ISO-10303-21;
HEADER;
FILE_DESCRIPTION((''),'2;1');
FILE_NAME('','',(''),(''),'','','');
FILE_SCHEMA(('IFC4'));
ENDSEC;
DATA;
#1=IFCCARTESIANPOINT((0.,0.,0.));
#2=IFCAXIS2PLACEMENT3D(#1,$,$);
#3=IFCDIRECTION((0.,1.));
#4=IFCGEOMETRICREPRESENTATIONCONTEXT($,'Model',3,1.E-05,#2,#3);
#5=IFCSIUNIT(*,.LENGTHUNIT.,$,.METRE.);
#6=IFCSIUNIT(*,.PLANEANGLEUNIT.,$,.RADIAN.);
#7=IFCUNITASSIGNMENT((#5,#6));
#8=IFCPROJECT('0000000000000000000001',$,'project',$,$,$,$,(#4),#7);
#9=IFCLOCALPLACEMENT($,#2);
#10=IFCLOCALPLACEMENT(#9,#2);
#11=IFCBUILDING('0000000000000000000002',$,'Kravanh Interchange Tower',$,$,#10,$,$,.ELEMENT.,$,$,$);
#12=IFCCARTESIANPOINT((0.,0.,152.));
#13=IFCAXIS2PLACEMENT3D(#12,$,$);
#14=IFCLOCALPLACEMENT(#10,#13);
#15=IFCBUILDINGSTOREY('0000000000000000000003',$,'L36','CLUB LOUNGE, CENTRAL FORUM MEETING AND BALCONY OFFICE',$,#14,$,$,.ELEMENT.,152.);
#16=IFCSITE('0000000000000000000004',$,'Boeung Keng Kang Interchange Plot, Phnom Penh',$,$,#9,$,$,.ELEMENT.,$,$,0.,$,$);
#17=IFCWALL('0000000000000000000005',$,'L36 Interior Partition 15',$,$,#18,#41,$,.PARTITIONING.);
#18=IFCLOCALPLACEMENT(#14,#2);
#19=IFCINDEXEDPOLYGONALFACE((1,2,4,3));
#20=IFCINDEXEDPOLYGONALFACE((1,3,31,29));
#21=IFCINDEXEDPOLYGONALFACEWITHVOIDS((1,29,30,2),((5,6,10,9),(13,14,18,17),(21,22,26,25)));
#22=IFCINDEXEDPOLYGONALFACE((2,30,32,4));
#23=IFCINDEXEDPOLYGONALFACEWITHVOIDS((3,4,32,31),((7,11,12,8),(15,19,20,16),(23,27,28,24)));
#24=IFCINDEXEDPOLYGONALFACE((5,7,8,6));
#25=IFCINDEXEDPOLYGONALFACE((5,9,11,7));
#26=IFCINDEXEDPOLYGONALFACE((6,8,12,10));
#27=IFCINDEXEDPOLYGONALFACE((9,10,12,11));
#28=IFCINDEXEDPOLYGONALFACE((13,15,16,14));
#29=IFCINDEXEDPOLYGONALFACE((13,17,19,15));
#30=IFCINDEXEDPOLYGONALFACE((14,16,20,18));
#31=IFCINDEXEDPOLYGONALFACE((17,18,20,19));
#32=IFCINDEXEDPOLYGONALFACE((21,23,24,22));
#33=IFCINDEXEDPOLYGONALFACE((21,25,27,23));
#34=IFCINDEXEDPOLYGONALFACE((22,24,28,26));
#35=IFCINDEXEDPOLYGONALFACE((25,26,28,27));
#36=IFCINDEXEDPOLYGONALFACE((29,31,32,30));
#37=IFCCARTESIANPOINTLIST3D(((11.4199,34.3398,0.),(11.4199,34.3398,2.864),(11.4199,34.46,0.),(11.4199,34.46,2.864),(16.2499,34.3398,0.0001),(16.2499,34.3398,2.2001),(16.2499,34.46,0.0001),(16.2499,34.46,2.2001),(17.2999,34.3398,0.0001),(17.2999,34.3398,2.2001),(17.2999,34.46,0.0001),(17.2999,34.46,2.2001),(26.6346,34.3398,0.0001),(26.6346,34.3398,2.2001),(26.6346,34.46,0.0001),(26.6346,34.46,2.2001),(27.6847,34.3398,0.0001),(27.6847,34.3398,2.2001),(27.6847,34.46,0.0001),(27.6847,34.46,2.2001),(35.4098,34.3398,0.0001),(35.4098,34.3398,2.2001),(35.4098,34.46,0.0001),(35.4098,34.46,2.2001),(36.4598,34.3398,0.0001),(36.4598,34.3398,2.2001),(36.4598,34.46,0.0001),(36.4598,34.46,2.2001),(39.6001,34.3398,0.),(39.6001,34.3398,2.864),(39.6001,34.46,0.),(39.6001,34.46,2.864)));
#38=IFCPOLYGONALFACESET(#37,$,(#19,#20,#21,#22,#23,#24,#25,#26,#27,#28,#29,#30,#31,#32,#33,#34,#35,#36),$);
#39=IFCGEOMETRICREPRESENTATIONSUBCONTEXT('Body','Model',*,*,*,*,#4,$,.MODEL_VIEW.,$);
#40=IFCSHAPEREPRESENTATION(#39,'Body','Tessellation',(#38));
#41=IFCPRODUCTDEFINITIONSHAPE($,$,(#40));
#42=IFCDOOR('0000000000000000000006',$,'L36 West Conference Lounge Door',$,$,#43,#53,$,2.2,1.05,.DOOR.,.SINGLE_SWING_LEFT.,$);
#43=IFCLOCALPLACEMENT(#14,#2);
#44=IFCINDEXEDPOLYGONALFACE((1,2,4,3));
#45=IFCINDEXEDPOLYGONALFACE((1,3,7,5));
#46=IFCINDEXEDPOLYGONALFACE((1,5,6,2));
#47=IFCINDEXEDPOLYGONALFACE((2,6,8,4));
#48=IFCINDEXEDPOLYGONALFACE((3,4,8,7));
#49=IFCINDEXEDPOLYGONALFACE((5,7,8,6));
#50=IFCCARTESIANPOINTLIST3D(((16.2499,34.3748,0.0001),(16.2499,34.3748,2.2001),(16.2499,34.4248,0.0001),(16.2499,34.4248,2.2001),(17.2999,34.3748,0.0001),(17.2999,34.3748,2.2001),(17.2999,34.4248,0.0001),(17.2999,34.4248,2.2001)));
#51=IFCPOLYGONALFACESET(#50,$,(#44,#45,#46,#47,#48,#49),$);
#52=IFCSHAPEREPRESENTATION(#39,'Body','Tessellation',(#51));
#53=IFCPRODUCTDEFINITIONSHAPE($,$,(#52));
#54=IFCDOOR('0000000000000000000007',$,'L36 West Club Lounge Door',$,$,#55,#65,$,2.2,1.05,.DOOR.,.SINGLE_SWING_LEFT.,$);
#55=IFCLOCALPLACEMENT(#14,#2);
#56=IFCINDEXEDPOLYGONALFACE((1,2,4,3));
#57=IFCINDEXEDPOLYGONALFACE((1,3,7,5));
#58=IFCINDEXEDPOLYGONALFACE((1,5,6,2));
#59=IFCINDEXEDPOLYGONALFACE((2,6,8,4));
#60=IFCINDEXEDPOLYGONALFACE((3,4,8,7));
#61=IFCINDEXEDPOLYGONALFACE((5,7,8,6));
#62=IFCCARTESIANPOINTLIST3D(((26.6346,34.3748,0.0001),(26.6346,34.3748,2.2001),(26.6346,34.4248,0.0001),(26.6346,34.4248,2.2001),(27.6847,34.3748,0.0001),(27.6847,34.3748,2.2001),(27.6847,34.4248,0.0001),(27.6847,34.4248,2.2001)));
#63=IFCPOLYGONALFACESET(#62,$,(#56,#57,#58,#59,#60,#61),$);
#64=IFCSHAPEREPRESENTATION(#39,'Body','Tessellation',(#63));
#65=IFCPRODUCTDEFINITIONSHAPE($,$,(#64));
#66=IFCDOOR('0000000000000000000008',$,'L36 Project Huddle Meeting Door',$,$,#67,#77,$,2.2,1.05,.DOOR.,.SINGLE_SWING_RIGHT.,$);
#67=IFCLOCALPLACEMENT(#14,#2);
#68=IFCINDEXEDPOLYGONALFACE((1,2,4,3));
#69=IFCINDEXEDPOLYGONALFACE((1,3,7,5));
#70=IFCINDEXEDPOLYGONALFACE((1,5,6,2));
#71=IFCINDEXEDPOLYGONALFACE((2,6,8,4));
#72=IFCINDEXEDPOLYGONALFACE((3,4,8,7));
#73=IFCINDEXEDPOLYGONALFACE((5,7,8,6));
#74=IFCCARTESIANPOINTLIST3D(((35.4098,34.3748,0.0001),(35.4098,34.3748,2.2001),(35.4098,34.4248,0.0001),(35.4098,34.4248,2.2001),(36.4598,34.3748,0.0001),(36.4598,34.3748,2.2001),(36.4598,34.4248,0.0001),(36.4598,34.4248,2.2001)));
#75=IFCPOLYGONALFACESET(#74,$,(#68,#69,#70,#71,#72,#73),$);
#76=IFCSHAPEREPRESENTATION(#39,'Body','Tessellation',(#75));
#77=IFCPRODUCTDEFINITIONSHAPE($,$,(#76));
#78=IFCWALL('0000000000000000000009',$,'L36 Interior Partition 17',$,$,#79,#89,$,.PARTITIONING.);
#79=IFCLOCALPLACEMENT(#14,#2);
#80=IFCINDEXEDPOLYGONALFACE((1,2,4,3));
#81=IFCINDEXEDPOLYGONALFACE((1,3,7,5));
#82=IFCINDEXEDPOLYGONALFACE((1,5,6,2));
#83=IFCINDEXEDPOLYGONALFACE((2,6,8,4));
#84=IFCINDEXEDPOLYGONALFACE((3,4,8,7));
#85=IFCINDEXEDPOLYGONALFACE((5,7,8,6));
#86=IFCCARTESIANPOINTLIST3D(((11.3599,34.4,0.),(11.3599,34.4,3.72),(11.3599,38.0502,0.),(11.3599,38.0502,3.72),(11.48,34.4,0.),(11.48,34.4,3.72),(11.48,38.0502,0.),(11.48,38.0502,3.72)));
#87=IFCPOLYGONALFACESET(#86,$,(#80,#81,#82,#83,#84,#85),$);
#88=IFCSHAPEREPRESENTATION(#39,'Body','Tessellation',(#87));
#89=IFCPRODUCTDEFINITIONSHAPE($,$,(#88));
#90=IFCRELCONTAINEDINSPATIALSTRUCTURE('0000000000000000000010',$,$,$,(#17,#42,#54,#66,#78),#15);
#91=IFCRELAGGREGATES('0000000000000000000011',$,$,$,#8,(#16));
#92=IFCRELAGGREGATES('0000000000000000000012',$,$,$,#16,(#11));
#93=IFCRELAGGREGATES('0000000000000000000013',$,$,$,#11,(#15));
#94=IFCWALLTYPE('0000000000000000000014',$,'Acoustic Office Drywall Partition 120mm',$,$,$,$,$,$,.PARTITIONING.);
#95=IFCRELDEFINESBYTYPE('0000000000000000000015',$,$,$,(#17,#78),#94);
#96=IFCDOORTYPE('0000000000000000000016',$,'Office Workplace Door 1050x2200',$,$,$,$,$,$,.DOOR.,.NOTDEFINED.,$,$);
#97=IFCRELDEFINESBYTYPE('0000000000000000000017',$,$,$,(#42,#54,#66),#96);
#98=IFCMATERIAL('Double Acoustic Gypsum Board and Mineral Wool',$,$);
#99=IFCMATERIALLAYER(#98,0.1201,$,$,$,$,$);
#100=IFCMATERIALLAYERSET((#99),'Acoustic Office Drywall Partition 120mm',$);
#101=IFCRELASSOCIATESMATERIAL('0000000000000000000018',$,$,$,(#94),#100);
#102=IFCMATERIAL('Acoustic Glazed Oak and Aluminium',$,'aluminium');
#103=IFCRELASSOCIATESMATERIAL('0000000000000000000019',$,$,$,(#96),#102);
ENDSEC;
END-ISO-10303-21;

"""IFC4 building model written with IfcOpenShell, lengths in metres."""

from ifc_helpers import new_model, si_unit, direction, frame, frame_2d, origin, place, context, subcontext, project, spatial, rectangle, extrude, material, layer, layer_set, type_object, element, fill, save


model = new_model("IFC4")

# Units and contexts
model_context = context("Model", 3, precision=1e-05, world=origin(), true_north=direction((0.0, 1.0)))
body_context = subcontext(model_context, "Body", "Model", "MODEL_VIEW")
ifc_project = project(units=[si_unit("LENGTHUNIT", "METRE"), si_unit("PLANEANGLEUNIT", "RADIAN")], contexts=[model_context])

# Site, building, storey
site_placement = place(None, origin())
site = spatial("IfcSite", under=ifc_project, at=site_placement, Name="Boeung Keng Kang Interchange Plot, Phnom Penh", CompositionType="ELEMENT", RefElevation=0.0)
building_placement = place(site_placement, origin())
building = spatial("IfcBuilding", under=site, at=building_placement, Name="Kravanh Interchange Tower", CompositionType="ELEMENT")
storey_placement = place(building_placement, frame((0.0, 0.0, 152.0)))
storey = spatial("IfcBuildingStorey", under=building, at=storey_placement, Name="L36", Description="CLUB LOUNGE, CENTRAL FORUM MEETING AND BALCONY OFFICE", CompositionType="ELEMENT", Elevation=152.0)

# Wall, openings, doors
ifc_material_1 = material(Name="Double Acoustic Gypsum Board and Mineral Wool")
ifc_layer_1 = layer(ifc_material_1, 0.1201)
ifc_layer_set_1 = layer_set([ifc_layer_1], Name="Acoustic Office Drywall Partition 120mm")
wall_type = type_object("IfcWallType", Name="Acoustic Office Drywall Partition 120mm", PredefinedType="PARTITIONING", material=ifc_layer_set_1)
wall_1_placement = place(storey_placement, frame((11.4199, 34.3999, 0.0), z_axis=(0.0, 0.0, 1.0), x_axis=(1.0, 0.0, 0.0)))
wall_1 = element("IfcWall", 1, at=wall_1_placement, inside=storey, type_object=wall_type, Name="L36 Interior Partition 15", PredefinedType="PARTITIONING", context=body_context, shape_type="SweptSolid", body=[
    extrude(rectangle(XDim=28.1802, YDim=0.1201, at=frame_2d((14.0901, 0.0))), origin(), (0.0, 0.0, 1.0), 2.864),
])
opening_1_placement = place(wall_1_placement, frame((4.8301, 0.0, 0.0)))
opening_1 = element("IfcOpeningElement", 2, at=opening_1_placement, cuts=wall_1, PredefinedType="OPENING", context=body_context, shape_type="SweptSolid", body=[
    extrude(rectangle(XDim=1.05, YDim=2.2, at=frame_2d((0.5249, 1.1001))), frame((0.0, 0.0701, 0.0), z_axis=(0.0, -1.0, 0.0), x_axis=(1.0, 0.0, 0.0)), (0.0, 0.0, 1.0), 0.1401),
])
opening_2_placement = place(wall_1_placement, frame((15.2148, 0.0, 0.0)))
opening_2 = element("IfcOpeningElement", 3, at=opening_2_placement, cuts=wall_1, PredefinedType="OPENING", context=body_context, shape_type="SweptSolid", body=[
    extrude(rectangle(XDim=1.05, YDim=2.2, at=frame_2d((0.5249, 1.1001))), frame((0.0, 0.0701, 0.0), z_axis=(0.0, -1.0, 0.0), x_axis=(1.0, 0.0, 0.0)), (0.0, 0.0, 1.0), 0.1401),
])
opening_3_placement = place(wall_1_placement, frame((23.99, 0.0, 0.0)))
opening_3 = element("IfcOpeningElement", 4, at=opening_3_placement, cuts=wall_1, PredefinedType="OPENING", context=body_context, shape_type="SweptSolid", body=[
    extrude(rectangle(XDim=1.05, YDim=2.2, at=frame_2d((0.5249, 1.1001))), frame((0.0, 0.0701, 0.0), z_axis=(0.0, -1.0, 0.0), x_axis=(1.0, 0.0, 0.0)), (0.0, 0.0, 1.0), 0.1401),
])
ifc_material_2 = material(Name="Acoustic Glazed Oak and Aluminium", Category="aluminium")
door_type = type_object("IfcDoorType", Name="Office Workplace Door 1050x2200", OperationType="NOTDEFINED", PredefinedType="DOOR", material=ifc_material_2)
door_1_placement = place(opening_1_placement, origin())
door_1 = element("IfcDoor", 5, at=door_1_placement, inside=storey, type_object=door_type, Name="L36 West Conference Lounge Door", OperationType="SINGLE_SWING_LEFT", OverallHeight=2.2, OverallWidth=1.05, PredefinedType="DOOR", context=body_context, shape_type="SweptSolid", body=[
    extrude(rectangle(XDim=1.05, YDim=2.2, at=frame_2d((0.5249, 1.1001))), frame((0.0, 0.0249, 0.0), z_axis=(0.0, -1.0, 0.0), x_axis=(1.0, 0.0, 0.0)), (0.0, 0.0, 1.0), 0.05),
])
fill(opening_1, door_1)
door_2_placement = place(opening_2_placement, origin())
door_2 = element("IfcDoor", 6, at=door_2_placement, inside=storey, type_object=door_type, Name="L36 West Club Lounge Door", OperationType="SINGLE_SWING_LEFT", OverallHeight=2.2, OverallWidth=1.05, PredefinedType="DOOR", context=body_context, shape_type="SweptSolid", body=[
    extrude(rectangle(XDim=1.05, YDim=2.2, at=frame_2d((0.5249, 1.1001))), frame((0.0, 0.0249, 0.0), z_axis=(0.0, -1.0, 0.0), x_axis=(1.0, 0.0, 0.0)), (0.0, 0.0, 1.0), 0.05),
])
fill(opening_2, door_2)
door_3_placement = place(opening_3_placement, origin())
door_3 = element("IfcDoor", 7, at=door_3_placement, inside=storey, type_object=door_type, Name="L36 Project Huddle Meeting Door", OperationType="SINGLE_SWING_RIGHT", OverallHeight=2.2, OverallWidth=1.05, PredefinedType="DOOR", context=body_context, shape_type="SweptSolid", body=[
    extrude(rectangle(XDim=1.05, YDim=2.2, at=frame_2d((0.5249, 1.1001))), frame((0.0, 0.0249, 0.0), z_axis=(0.0, -1.0, 0.0), x_axis=(1.0, 0.0, 0.0)), (0.0, 0.0, 1.0), 0.05),
])
fill(opening_3, door_3)

# Wall
wall_2_placement = place(storey_placement, frame((11.4199, 34.3999, 0.0), z_axis=(0.0, 0.0, 1.0), x_axis=(0.0, 1.0, 0.0)))
element("IfcWall", 8, at=wall_2_placement, inside=storey, type_object=wall_type, Name="L36 Interior Partition 17", PredefinedType="PARTITIONING", context=body_context, shape_type="SweptSolid", body=[
    extrude(rectangle(XDim=3.6501, YDim=0.1201, at=frame_2d((1.8252, 0.0))), origin(), (0.0, 0.0, 1.0), 3.72),
])

save(model, "model.ifc")
